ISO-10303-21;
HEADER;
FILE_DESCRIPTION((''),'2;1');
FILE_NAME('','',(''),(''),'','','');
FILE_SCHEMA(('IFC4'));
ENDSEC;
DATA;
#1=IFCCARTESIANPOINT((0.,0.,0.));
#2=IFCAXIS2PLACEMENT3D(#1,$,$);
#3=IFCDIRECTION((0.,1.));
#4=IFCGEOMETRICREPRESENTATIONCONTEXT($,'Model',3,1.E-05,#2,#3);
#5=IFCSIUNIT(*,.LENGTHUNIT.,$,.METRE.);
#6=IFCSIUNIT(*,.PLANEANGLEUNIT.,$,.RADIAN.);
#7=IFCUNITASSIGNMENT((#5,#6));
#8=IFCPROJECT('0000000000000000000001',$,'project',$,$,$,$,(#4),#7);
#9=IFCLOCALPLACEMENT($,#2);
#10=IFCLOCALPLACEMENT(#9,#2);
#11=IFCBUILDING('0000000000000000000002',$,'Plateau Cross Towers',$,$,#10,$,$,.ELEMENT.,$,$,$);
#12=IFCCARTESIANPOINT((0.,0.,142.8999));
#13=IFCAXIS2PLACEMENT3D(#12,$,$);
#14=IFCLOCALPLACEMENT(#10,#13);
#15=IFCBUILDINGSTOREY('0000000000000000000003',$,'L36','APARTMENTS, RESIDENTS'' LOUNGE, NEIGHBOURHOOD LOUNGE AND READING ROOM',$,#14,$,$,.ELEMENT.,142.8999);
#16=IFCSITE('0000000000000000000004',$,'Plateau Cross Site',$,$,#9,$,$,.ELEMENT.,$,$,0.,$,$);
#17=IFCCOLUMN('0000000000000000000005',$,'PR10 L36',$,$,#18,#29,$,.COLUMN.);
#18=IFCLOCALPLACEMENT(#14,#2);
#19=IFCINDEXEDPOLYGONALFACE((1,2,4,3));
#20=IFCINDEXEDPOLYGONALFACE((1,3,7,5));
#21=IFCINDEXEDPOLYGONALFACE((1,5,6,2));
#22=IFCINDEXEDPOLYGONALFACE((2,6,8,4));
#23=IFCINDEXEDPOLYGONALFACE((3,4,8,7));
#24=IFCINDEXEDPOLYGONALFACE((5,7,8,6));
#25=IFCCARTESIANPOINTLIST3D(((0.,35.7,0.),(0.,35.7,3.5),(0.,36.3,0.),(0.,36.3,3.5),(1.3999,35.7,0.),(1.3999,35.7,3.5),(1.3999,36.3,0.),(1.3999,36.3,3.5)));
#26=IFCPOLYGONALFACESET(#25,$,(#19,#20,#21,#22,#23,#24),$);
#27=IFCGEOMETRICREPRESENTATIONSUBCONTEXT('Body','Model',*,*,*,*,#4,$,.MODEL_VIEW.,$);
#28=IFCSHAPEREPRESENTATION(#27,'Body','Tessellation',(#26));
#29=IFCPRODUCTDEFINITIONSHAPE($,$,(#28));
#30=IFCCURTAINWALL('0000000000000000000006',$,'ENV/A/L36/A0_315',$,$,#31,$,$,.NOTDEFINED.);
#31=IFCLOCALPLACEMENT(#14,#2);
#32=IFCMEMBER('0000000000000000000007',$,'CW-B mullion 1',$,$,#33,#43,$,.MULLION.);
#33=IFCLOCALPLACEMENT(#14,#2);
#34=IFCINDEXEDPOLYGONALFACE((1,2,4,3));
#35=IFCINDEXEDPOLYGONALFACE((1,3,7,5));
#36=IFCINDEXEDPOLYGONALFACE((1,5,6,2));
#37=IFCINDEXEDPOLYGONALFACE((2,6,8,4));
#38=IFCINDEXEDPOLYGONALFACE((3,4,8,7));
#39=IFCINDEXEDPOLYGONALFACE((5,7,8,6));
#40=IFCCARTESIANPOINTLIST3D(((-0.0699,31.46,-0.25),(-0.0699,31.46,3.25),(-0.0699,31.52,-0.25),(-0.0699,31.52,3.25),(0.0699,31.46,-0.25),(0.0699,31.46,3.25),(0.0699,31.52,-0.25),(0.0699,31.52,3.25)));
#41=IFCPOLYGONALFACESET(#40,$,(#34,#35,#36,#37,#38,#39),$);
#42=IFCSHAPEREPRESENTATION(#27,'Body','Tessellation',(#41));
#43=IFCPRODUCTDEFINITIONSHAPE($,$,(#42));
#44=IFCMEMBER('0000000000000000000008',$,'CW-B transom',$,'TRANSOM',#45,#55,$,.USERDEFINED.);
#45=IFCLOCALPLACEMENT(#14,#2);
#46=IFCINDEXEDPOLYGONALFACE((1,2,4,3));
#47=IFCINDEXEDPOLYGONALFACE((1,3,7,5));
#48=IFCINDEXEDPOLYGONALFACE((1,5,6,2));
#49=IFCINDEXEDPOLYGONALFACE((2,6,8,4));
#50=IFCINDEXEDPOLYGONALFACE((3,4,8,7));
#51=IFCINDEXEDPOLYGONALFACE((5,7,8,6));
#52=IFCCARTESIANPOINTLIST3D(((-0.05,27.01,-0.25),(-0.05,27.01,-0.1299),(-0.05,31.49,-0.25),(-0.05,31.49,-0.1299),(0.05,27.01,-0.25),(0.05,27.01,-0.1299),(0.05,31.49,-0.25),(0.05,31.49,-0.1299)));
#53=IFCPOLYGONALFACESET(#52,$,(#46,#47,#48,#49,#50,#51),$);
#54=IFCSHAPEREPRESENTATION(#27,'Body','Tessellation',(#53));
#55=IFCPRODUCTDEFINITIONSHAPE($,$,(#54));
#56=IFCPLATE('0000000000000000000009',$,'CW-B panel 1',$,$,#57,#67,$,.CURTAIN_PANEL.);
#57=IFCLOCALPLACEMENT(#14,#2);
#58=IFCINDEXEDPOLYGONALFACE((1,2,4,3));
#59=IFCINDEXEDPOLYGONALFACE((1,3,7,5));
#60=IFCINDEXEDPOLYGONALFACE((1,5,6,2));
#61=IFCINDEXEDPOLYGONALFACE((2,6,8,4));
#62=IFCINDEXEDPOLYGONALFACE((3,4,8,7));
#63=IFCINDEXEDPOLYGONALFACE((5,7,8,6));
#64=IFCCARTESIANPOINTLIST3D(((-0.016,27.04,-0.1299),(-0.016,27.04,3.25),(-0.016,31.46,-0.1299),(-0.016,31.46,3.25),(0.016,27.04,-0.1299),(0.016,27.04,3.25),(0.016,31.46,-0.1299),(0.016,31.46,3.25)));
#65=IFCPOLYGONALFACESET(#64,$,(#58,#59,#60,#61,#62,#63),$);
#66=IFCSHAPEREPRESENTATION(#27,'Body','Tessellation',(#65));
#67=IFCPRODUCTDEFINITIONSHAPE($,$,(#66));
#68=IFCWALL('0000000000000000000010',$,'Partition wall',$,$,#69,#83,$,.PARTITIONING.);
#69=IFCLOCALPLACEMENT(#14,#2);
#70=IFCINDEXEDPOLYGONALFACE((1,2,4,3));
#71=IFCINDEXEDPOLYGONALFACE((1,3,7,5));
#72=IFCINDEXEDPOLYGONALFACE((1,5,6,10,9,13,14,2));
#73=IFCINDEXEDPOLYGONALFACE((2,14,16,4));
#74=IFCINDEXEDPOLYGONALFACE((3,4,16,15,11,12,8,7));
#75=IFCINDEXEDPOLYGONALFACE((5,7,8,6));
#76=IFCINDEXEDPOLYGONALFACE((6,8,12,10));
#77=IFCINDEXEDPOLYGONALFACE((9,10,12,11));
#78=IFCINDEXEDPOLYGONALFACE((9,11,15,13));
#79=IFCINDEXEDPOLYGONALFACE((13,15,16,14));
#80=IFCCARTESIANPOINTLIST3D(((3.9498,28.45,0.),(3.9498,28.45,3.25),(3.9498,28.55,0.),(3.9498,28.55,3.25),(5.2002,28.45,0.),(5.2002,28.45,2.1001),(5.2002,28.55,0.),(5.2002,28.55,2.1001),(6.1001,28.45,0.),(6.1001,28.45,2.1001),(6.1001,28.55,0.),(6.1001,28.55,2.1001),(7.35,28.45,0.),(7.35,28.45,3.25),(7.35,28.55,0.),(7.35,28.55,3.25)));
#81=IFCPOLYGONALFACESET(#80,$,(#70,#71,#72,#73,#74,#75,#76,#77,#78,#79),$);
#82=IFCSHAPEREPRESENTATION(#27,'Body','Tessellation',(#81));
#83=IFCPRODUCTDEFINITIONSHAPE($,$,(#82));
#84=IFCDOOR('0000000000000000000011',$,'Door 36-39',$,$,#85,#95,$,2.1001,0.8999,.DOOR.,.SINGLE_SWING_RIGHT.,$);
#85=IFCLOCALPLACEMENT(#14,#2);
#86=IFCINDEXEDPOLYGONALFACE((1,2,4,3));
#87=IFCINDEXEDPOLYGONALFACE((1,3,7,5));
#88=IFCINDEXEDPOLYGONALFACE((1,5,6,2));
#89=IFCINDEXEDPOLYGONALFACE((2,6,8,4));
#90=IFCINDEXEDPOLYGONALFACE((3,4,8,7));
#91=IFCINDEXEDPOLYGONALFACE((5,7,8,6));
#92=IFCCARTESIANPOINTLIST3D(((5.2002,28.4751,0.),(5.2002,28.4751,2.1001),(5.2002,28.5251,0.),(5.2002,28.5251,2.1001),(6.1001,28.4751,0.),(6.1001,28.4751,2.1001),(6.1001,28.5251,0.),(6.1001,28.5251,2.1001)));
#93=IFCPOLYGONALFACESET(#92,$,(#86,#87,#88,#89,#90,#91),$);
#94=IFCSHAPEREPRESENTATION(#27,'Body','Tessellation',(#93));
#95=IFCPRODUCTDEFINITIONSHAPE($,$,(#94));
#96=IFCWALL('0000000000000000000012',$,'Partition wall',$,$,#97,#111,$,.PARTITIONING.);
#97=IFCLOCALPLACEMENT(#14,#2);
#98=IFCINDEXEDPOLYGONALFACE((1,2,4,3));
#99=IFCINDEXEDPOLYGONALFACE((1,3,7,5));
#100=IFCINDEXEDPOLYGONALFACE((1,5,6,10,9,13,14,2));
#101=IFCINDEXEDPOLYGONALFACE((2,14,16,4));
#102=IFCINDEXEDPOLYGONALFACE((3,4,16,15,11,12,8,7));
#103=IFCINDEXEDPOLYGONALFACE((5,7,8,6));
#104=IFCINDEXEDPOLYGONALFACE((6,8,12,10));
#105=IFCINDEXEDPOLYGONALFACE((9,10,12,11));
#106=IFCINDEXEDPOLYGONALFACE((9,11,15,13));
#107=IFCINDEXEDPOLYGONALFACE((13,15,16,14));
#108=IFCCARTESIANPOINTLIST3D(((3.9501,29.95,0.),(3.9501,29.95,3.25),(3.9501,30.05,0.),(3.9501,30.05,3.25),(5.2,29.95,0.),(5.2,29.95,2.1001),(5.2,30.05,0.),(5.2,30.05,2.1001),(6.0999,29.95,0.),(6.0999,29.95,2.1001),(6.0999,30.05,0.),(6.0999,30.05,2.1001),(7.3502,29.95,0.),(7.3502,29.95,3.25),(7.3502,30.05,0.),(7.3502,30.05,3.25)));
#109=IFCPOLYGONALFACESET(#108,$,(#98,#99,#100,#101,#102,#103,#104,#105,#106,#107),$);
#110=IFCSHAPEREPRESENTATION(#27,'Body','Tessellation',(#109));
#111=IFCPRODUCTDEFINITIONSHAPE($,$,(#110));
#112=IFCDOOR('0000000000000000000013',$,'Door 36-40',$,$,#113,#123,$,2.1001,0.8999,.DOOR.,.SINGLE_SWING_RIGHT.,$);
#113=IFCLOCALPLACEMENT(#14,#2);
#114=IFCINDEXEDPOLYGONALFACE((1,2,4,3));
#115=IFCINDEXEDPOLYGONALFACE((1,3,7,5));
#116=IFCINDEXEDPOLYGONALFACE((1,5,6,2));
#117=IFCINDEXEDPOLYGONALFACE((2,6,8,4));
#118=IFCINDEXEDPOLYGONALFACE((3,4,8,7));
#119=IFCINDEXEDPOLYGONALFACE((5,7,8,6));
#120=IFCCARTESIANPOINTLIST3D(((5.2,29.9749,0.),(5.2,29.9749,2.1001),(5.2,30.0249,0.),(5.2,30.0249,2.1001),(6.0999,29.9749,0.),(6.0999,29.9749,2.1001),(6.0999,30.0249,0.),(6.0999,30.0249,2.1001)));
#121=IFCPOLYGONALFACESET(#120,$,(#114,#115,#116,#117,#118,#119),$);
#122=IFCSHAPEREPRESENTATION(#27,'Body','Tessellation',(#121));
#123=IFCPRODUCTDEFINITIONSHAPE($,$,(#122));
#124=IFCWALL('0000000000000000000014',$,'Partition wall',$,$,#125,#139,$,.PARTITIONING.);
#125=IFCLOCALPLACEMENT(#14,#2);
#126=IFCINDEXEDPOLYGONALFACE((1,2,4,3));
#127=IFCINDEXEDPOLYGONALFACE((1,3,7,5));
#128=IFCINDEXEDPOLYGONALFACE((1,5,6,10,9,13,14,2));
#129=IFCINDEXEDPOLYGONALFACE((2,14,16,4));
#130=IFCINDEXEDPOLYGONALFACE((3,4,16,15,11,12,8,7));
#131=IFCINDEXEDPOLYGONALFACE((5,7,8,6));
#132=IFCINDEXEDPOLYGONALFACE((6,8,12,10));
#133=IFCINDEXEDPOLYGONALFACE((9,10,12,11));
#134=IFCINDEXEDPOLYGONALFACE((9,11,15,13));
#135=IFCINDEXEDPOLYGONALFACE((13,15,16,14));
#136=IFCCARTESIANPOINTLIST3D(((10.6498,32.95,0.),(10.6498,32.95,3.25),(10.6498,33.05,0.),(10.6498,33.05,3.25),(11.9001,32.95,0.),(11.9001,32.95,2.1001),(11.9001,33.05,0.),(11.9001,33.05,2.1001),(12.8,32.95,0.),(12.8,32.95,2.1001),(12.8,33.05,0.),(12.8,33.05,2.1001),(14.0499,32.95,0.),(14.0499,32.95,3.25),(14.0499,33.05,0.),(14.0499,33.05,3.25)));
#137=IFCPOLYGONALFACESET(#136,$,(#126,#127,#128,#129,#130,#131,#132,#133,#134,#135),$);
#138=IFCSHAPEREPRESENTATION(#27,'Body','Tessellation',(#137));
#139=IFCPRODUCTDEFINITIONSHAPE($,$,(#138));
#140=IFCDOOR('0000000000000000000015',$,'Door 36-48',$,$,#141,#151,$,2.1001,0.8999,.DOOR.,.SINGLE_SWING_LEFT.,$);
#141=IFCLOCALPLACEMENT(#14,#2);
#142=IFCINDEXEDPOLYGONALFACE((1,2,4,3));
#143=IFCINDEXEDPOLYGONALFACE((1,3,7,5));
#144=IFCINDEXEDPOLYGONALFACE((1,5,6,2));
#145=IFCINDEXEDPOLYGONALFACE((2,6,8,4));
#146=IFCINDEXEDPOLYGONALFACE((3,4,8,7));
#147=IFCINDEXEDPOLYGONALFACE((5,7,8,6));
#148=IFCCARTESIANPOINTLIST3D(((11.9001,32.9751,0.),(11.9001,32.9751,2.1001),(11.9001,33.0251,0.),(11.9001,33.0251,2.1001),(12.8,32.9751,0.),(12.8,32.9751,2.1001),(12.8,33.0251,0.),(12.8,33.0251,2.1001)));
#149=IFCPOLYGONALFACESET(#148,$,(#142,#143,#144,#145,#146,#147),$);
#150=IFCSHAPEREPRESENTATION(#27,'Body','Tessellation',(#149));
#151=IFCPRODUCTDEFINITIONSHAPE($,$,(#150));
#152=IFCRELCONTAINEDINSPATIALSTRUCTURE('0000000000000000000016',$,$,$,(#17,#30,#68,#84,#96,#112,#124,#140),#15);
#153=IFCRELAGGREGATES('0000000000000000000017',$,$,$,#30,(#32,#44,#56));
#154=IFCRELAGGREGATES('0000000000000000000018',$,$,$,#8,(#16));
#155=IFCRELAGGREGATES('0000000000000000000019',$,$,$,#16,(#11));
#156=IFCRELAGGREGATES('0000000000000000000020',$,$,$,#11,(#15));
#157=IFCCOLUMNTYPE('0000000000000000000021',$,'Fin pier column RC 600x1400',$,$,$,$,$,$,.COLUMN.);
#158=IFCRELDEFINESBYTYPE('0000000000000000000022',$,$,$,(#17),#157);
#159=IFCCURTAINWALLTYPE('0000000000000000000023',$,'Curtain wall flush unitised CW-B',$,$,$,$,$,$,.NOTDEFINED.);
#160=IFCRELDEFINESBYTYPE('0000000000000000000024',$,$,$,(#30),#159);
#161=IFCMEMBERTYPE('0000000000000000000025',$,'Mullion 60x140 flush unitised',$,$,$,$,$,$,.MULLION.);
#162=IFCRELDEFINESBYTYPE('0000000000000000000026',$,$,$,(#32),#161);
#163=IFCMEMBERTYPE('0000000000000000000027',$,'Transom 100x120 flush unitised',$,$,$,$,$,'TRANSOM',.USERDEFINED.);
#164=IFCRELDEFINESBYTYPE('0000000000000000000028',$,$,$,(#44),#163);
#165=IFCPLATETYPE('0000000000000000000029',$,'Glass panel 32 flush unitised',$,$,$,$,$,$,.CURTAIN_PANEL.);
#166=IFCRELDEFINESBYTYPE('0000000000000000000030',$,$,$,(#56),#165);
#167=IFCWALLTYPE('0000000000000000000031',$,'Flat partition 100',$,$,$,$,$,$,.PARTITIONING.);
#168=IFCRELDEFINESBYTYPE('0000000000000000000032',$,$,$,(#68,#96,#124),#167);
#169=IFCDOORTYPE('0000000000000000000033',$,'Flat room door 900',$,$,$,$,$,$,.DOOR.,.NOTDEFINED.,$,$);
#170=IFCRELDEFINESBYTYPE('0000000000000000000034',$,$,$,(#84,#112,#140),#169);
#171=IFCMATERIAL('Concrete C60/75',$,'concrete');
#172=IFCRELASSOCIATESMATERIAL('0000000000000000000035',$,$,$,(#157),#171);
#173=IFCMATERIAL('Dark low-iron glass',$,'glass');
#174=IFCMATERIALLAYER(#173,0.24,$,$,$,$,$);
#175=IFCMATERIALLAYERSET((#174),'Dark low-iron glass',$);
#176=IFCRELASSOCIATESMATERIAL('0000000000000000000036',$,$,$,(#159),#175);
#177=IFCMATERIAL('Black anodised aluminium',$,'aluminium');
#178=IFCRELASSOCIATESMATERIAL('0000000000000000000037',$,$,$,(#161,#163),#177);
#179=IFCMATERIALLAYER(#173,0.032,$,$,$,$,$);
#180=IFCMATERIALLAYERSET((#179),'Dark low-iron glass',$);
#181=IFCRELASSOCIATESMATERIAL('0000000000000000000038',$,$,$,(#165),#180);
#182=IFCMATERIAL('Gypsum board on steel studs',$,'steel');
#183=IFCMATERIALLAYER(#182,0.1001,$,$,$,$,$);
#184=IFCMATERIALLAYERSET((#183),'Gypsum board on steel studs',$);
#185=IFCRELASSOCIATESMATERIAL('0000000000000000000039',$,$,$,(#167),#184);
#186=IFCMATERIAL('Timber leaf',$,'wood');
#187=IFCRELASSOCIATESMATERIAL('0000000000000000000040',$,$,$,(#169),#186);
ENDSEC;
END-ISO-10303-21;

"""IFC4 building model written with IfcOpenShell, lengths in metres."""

from ifc_helpers import new_model, si_unit, direction, frame, frame_2d, origin, origin_2d, place, context, subcontext, project, spatial, rectangle, extrude, material, layer, layer_set, material_profile, profile_set, type_object, element, fill, aggregate, save


model = new_model("IFC4")

# Units and contexts
model_context = context("Model", 3, precision=1e-05, world=origin(), true_north=direction((0.0, 1.0)))
body_context = subcontext(model_context, "Body", "Model", "MODEL_VIEW")
ifc_project = project(units=[si_unit("LENGTHUNIT", "METRE"), si_unit("PLANEANGLEUNIT", "RADIAN")], contexts=[model_context])

# Site, building, storey
site_placement = place(None, origin())
site = spatial("IfcSite", under=ifc_project, at=site_placement, Name="Plateau Cross Site", CompositionType="ELEMENT", RefElevation=0.0)
building_placement = place(site_placement, origin())
building = spatial("IfcBuilding", under=site, at=building_placement, Name="Plateau Cross Towers", CompositionType="ELEMENT")
storey_placement = place(building_placement, frame((0.0, 0.0, 142.8999)))
storey = spatial("IfcBuildingStorey", under=building, at=storey_placement, Name="L36", Description="APARTMENTS, RESIDENTS' LOUNGE, NEIGHBOURHOOD LOUNGE AND READING ROOM", CompositionType="ELEMENT", Elevation=142.8999)

# Column
ifc_material_1 = material(Name="Concrete C60/75", Category="concrete")
ifc_material_profile_1 = material_profile(ifc_material_1, rectangle(XDim=0.6001, YDim=1.3999, at=origin_2d()), Name="RC 600x1400")
ifc_profile_set_1 = profile_set([ifc_material_profile_1], Name="Concrete C60/75")
column_type = type_object("IfcColumnType", Name="Fin pier column RC 600x1400", PredefinedType="COLUMN", material=ifc_profile_set_1)
column_placement = place(storey_placement, frame((0.7, 36.0, 0.0), z_axis=(0.0, 0.0, 1.0), x_axis=(0.0, 1.0, 0.0)))
element("IfcColumn", 1, at=column_placement, inside=storey, type_object=column_type, Name="PR10 L36", PredefinedType="COLUMN", context=body_context, shape_type="SweptSolid", body=[
    extrude(rectangle(XDim=0.6001, YDim=1.3999, at=origin_2d()), origin(), (0.0, 0.0, 1.0), 3.5),
])

# Curtain wall, members, plate
ifc_material_2 = material(Name="Dark low-iron glass", Category="glass")
ifc_layer_1 = layer(ifc_material_2, 0.24)
ifc_layer_set_1 = layer_set([ifc_layer_1], Name="Dark low-iron glass")
curtain_wall_type = type_object("IfcCurtainWallType", Name="Curtain wall flush unitised CW-B", PredefinedType="NOTDEFINED", material=ifc_layer_set_1)
curtain_wall_placement = place(storey_placement, origin())
curtain_wall = element("IfcCurtainWall", 2, at=curtain_wall_placement, inside=storey, type_object=curtain_wall_type, Name="ENV/A/L36/A0_315", PredefinedType="NOTDEFINED")
ifc_material_3 = material(Name="Black anodised aluminium", Category="aluminium")
ifc_material_profile_2 = material_profile(ifc_material_3, rectangle(XDim=0.0601, YDim=0.1399, at=origin_2d()), Name="MULLION 60x140")
ifc_profile_set_2 = profile_set([ifc_material_profile_2], Name="Black anodised aluminium")
member_type_1 = type_object("IfcMemberType", Name="Mullion 60x140 flush unitised", PredefinedType="MULLION", material=ifc_profile_set_2)
member_1_placement = place(storey_placement, frame((0.0, 31.49, -0.25), z_axis=(0.0, 0.0, 1.0), x_axis=(0.0, -1.0, 0.0)))
member_1 = element("IfcMember", 3, at=member_1_placement, type_object=member_type_1, Name="CW-B mullion 1", PredefinedType="MULLION", context=body_context, shape_type="SweptSolid", body=[
    extrude(rectangle(XDim=0.0601, YDim=0.1399, at=origin_2d()), origin(), (0.0, 0.0, 1.0), 3.5),
])
ifc_material_profile_3 = material_profile(ifc_material_3, rectangle(XDim=0.1001, YDim=0.1201, at=origin_2d()), Name="TRANSOM 100x120")
ifc_profile_set_3 = profile_set([ifc_material_profile_3], Name="Black anodised aluminium")
member_type_2 = type_object("IfcMemberType", Name="Transom 100x120 flush unitised", ElementType="TRANSOM", PredefinedType="USERDEFINED", material=ifc_profile_set_3)
member_2_placement = place(storey_placement, frame((0.0, 31.49, -0.1899), z_axis=(0.0, -1.0, 0.0), x_axis=(1.0, 0.0, 0.0)))
member_2 = element("IfcMember", 4, at=member_2_placement, type_object=member_type_2, Name="CW-B transom", ObjectType="TRANSOM", PredefinedType="USERDEFINED", context=body_context, shape_type="SweptSolid", body=[
    extrude(rectangle(XDim=0.1001, YDim=0.1201, at=origin_2d()), origin(), (0.0, 0.0, 1.0), 4.48),
])
ifc_layer_2 = layer(ifc_material_2, 0.032)
ifc_layer_set_2 = layer_set([ifc_layer_2], Name="Dark low-iron glass")
plate_type = type_object("IfcPlateType", Name="Glass panel 32 flush unitised", PredefinedType="CURTAIN_PANEL", material=ifc_layer_set_2)
plate_placement = place(storey_placement, frame((0.0, 29.25, -0.1299), z_axis=(0.0, 0.0, 1.0), x_axis=(0.0, -1.0, 0.0)))
plate = element("IfcPlate", 5, at=plate_placement, type_object=plate_type, Name="CW-B panel 1", PredefinedType="CURTAIN_PANEL", context=body_context, shape_type="SweptSolid", body=[
    extrude(rectangle(XDim=4.4199, YDim=0.032, at=origin_2d()), origin(), (0.0, 0.0, 1.0), 3.3799),
])
aggregate(curtain_wall, [member_1, member_2, plate])

# Walls, openings, doors
ifc_material_4 = material(Name="Gypsum board on steel studs", Category="steel")
ifc_layer_3 = layer(ifc_material_4, 0.1001)
ifc_layer_set_3 = layer_set([ifc_layer_3], Name="Gypsum board on steel studs")
wall_type_1 = type_object("IfcWallType", Name="Flat partition 100", PredefinedType="PARTITIONING", material=ifc_layer_set_3)
wall_1_placement = place(storey_placement, frame((7.3501, 28.5, 0.0), z_axis=(0.0, 0.0, 1.0), x_axis=(-1.0, 0.0, 0.0)))
wall_1 = element("IfcWall", 6, at=wall_1_placement, inside=storey, type_object=wall_type_1, Name="Partition wall", PredefinedType="PARTITIONING", context=body_context, shape_type="SweptSolid", body=[
    extrude(rectangle(XDim=3.4001, YDim=0.1001, at=frame_2d((1.7002, 0.0))), origin(), (0.0, 0.0, 1.0), 3.25),
])
opening_1_placement = place(wall_1_placement, frame((1.25, 0.0, 0.0)))
opening_1 = element("IfcOpeningElement", 7, at=opening_1_placement, cuts=wall_1, PredefinedType="OPENING", context=body_context, shape_type="SweptSolid", body=[
    extrude(rectangle(XDim=0.8999, YDim=2.1001, at=frame_2d((0.45, 1.05))), frame((0.0, 0.0601, 0.0), z_axis=(0.0, -1.0, 0.0), x_axis=(1.0, 0.0, 0.0)), (0.0, 0.0, 1.0), 0.1201),
])
ifc_material_5 = material(Name="Timber leaf", Category="wood")
door_type_1 = type_object("IfcDoorType", Name="Flat room door 900", OperationType="NOTDEFINED", PredefinedType="DOOR", material=ifc_material_5)
door_1_placement = place(opening_1_placement, origin())
door_1 = element("IfcDoor", 8, at=door_1_placement, inside=storey, type_object=door_type_1, Name="Door 36-39", OperationType="SINGLE_SWING_RIGHT", OverallHeight=2.1001, OverallWidth=0.8999, PredefinedType="DOOR", context=body_context, shape_type="SweptSolid", body=[
    extrude(rectangle(XDim=0.8999, YDim=2.1001, at=frame_2d((0.45, 1.05))), frame((0.0, 0.0249, 0.0), z_axis=(0.0, -1.0, 0.0), x_axis=(1.0, 0.0, 0.0)), (0.0, 0.0, 1.0), 0.05),
])
fill(opening_1, door_1)
wall_2_placement = place(storey_placement, frame((3.95, 30.0, 0.0), z_axis=(0.0, 0.0, 1.0), x_axis=(1.0, 0.0, 0.0)))
wall_2 = element("IfcWall", 9, at=wall_2_placement, inside=storey, type_object=wall_type_1, Name="Partition wall", PredefinedType="PARTITIONING", context=body_context, shape_type="SweptSolid", body=[
    extrude(rectangle(XDim=3.4001, YDim=0.1001, at=frame_2d((1.7002, 0.0))), origin(), (0.0, 0.0, 1.0), 3.25),
])
opening_2_placement = place(wall_2_placement, frame((1.25, 0.0, 0.0)))
opening_2 = element("IfcOpeningElement", 10, at=opening_2_placement, cuts=wall_2, PredefinedType="OPENING", context=body_context, shape_type="SweptSolid", body=[
    extrude(rectangle(XDim=0.8999, YDim=2.1001, at=frame_2d((0.45, 1.05))), frame((0.0, 0.0601, 0.0), z_axis=(0.0, -1.0, 0.0), x_axis=(1.0, 0.0, 0.0)), (0.0, 0.0, 1.0), 0.1201),
])
door_2_placement = place(opening_2_placement, origin())
door_2 = element("IfcDoor", 11, at=door_2_placement, inside=storey, type_object=door_type_1, Name="Door 36-40", OperationType="SINGLE_SWING_RIGHT", OverallHeight=2.1001, OverallWidth=0.8999, PredefinedType="DOOR", context=body_context, shape_type="SweptSolid", body=[
    extrude(rectangle(XDim=0.8999, YDim=2.1001, at=frame_2d((0.45, 1.05))), frame((0.0, 0.0249, 0.0), z_axis=(0.0, -1.0, 0.0), x_axis=(1.0, 0.0, 0.0)), (0.0, 0.0, 1.0), 0.05),
])
fill(opening_2, door_2)
wall_3_placement = place(storey_placement, frame((14.05, 33.0, 0.0), z_axis=(0.0, 0.0, 1.0), x_axis=(-1.0, 0.0, 0.0)))
wall_3 = element("IfcWall", 12, at=wall_3_placement, inside=storey, type_object=wall_type_1, Name="Partition wall", PredefinedType="PARTITIONING", context=body_context, shape_type="SweptSolid", body=[
    extrude(rectangle(XDim=3.4001, YDim=0.1001, at=frame_2d((1.7002, 0.0))), origin(), (0.0, 0.0, 1.0), 3.25),
])
opening_3_placement = place(wall_3_placement, frame((1.25, 0.0, 0.0)))
opening_3 = element("IfcOpeningElement", 13, at=opening_3_placement, cuts=wall_3, PredefinedType="OPENING", context=body_context, shape_type="SweptSolid", body=[
    extrude(rectangle(XDim=0.8999, YDim=2.1001, at=frame_2d((0.45, 1.05))), frame((0.0, 0.0601, 0.0), z_axis=(0.0, -1.0, 0.0), x_axis=(1.0, 0.0, 0.0)), (0.0, 0.0, 1.0), 0.1201),
])
door_3_placement = place(opening_3_placement, origin())
door_3 = element("IfcDoor", 14, at=door_3_placement, inside=storey, type_object=door_type_1, Name="Door 36-48", OperationType="SINGLE_SWING_LEFT", OverallHeight=2.1001, OverallWidth=0.8999, PredefinedType="DOOR", context=body_context, shape_type="SweptSolid", body=[
    extrude(rectangle(XDim=0.8999, YDim=2.1001, at=frame_2d((0.45, 1.05))), frame((0.0, 0.0249, 0.0), z_axis=(0.0, -1.0, 0.0), x_axis=(1.0, 0.0, 0.0)), (0.0, 0.0, 1.0), 0.05),
])
fill(opening_3, door_3)

save(model, "model.ifc")
